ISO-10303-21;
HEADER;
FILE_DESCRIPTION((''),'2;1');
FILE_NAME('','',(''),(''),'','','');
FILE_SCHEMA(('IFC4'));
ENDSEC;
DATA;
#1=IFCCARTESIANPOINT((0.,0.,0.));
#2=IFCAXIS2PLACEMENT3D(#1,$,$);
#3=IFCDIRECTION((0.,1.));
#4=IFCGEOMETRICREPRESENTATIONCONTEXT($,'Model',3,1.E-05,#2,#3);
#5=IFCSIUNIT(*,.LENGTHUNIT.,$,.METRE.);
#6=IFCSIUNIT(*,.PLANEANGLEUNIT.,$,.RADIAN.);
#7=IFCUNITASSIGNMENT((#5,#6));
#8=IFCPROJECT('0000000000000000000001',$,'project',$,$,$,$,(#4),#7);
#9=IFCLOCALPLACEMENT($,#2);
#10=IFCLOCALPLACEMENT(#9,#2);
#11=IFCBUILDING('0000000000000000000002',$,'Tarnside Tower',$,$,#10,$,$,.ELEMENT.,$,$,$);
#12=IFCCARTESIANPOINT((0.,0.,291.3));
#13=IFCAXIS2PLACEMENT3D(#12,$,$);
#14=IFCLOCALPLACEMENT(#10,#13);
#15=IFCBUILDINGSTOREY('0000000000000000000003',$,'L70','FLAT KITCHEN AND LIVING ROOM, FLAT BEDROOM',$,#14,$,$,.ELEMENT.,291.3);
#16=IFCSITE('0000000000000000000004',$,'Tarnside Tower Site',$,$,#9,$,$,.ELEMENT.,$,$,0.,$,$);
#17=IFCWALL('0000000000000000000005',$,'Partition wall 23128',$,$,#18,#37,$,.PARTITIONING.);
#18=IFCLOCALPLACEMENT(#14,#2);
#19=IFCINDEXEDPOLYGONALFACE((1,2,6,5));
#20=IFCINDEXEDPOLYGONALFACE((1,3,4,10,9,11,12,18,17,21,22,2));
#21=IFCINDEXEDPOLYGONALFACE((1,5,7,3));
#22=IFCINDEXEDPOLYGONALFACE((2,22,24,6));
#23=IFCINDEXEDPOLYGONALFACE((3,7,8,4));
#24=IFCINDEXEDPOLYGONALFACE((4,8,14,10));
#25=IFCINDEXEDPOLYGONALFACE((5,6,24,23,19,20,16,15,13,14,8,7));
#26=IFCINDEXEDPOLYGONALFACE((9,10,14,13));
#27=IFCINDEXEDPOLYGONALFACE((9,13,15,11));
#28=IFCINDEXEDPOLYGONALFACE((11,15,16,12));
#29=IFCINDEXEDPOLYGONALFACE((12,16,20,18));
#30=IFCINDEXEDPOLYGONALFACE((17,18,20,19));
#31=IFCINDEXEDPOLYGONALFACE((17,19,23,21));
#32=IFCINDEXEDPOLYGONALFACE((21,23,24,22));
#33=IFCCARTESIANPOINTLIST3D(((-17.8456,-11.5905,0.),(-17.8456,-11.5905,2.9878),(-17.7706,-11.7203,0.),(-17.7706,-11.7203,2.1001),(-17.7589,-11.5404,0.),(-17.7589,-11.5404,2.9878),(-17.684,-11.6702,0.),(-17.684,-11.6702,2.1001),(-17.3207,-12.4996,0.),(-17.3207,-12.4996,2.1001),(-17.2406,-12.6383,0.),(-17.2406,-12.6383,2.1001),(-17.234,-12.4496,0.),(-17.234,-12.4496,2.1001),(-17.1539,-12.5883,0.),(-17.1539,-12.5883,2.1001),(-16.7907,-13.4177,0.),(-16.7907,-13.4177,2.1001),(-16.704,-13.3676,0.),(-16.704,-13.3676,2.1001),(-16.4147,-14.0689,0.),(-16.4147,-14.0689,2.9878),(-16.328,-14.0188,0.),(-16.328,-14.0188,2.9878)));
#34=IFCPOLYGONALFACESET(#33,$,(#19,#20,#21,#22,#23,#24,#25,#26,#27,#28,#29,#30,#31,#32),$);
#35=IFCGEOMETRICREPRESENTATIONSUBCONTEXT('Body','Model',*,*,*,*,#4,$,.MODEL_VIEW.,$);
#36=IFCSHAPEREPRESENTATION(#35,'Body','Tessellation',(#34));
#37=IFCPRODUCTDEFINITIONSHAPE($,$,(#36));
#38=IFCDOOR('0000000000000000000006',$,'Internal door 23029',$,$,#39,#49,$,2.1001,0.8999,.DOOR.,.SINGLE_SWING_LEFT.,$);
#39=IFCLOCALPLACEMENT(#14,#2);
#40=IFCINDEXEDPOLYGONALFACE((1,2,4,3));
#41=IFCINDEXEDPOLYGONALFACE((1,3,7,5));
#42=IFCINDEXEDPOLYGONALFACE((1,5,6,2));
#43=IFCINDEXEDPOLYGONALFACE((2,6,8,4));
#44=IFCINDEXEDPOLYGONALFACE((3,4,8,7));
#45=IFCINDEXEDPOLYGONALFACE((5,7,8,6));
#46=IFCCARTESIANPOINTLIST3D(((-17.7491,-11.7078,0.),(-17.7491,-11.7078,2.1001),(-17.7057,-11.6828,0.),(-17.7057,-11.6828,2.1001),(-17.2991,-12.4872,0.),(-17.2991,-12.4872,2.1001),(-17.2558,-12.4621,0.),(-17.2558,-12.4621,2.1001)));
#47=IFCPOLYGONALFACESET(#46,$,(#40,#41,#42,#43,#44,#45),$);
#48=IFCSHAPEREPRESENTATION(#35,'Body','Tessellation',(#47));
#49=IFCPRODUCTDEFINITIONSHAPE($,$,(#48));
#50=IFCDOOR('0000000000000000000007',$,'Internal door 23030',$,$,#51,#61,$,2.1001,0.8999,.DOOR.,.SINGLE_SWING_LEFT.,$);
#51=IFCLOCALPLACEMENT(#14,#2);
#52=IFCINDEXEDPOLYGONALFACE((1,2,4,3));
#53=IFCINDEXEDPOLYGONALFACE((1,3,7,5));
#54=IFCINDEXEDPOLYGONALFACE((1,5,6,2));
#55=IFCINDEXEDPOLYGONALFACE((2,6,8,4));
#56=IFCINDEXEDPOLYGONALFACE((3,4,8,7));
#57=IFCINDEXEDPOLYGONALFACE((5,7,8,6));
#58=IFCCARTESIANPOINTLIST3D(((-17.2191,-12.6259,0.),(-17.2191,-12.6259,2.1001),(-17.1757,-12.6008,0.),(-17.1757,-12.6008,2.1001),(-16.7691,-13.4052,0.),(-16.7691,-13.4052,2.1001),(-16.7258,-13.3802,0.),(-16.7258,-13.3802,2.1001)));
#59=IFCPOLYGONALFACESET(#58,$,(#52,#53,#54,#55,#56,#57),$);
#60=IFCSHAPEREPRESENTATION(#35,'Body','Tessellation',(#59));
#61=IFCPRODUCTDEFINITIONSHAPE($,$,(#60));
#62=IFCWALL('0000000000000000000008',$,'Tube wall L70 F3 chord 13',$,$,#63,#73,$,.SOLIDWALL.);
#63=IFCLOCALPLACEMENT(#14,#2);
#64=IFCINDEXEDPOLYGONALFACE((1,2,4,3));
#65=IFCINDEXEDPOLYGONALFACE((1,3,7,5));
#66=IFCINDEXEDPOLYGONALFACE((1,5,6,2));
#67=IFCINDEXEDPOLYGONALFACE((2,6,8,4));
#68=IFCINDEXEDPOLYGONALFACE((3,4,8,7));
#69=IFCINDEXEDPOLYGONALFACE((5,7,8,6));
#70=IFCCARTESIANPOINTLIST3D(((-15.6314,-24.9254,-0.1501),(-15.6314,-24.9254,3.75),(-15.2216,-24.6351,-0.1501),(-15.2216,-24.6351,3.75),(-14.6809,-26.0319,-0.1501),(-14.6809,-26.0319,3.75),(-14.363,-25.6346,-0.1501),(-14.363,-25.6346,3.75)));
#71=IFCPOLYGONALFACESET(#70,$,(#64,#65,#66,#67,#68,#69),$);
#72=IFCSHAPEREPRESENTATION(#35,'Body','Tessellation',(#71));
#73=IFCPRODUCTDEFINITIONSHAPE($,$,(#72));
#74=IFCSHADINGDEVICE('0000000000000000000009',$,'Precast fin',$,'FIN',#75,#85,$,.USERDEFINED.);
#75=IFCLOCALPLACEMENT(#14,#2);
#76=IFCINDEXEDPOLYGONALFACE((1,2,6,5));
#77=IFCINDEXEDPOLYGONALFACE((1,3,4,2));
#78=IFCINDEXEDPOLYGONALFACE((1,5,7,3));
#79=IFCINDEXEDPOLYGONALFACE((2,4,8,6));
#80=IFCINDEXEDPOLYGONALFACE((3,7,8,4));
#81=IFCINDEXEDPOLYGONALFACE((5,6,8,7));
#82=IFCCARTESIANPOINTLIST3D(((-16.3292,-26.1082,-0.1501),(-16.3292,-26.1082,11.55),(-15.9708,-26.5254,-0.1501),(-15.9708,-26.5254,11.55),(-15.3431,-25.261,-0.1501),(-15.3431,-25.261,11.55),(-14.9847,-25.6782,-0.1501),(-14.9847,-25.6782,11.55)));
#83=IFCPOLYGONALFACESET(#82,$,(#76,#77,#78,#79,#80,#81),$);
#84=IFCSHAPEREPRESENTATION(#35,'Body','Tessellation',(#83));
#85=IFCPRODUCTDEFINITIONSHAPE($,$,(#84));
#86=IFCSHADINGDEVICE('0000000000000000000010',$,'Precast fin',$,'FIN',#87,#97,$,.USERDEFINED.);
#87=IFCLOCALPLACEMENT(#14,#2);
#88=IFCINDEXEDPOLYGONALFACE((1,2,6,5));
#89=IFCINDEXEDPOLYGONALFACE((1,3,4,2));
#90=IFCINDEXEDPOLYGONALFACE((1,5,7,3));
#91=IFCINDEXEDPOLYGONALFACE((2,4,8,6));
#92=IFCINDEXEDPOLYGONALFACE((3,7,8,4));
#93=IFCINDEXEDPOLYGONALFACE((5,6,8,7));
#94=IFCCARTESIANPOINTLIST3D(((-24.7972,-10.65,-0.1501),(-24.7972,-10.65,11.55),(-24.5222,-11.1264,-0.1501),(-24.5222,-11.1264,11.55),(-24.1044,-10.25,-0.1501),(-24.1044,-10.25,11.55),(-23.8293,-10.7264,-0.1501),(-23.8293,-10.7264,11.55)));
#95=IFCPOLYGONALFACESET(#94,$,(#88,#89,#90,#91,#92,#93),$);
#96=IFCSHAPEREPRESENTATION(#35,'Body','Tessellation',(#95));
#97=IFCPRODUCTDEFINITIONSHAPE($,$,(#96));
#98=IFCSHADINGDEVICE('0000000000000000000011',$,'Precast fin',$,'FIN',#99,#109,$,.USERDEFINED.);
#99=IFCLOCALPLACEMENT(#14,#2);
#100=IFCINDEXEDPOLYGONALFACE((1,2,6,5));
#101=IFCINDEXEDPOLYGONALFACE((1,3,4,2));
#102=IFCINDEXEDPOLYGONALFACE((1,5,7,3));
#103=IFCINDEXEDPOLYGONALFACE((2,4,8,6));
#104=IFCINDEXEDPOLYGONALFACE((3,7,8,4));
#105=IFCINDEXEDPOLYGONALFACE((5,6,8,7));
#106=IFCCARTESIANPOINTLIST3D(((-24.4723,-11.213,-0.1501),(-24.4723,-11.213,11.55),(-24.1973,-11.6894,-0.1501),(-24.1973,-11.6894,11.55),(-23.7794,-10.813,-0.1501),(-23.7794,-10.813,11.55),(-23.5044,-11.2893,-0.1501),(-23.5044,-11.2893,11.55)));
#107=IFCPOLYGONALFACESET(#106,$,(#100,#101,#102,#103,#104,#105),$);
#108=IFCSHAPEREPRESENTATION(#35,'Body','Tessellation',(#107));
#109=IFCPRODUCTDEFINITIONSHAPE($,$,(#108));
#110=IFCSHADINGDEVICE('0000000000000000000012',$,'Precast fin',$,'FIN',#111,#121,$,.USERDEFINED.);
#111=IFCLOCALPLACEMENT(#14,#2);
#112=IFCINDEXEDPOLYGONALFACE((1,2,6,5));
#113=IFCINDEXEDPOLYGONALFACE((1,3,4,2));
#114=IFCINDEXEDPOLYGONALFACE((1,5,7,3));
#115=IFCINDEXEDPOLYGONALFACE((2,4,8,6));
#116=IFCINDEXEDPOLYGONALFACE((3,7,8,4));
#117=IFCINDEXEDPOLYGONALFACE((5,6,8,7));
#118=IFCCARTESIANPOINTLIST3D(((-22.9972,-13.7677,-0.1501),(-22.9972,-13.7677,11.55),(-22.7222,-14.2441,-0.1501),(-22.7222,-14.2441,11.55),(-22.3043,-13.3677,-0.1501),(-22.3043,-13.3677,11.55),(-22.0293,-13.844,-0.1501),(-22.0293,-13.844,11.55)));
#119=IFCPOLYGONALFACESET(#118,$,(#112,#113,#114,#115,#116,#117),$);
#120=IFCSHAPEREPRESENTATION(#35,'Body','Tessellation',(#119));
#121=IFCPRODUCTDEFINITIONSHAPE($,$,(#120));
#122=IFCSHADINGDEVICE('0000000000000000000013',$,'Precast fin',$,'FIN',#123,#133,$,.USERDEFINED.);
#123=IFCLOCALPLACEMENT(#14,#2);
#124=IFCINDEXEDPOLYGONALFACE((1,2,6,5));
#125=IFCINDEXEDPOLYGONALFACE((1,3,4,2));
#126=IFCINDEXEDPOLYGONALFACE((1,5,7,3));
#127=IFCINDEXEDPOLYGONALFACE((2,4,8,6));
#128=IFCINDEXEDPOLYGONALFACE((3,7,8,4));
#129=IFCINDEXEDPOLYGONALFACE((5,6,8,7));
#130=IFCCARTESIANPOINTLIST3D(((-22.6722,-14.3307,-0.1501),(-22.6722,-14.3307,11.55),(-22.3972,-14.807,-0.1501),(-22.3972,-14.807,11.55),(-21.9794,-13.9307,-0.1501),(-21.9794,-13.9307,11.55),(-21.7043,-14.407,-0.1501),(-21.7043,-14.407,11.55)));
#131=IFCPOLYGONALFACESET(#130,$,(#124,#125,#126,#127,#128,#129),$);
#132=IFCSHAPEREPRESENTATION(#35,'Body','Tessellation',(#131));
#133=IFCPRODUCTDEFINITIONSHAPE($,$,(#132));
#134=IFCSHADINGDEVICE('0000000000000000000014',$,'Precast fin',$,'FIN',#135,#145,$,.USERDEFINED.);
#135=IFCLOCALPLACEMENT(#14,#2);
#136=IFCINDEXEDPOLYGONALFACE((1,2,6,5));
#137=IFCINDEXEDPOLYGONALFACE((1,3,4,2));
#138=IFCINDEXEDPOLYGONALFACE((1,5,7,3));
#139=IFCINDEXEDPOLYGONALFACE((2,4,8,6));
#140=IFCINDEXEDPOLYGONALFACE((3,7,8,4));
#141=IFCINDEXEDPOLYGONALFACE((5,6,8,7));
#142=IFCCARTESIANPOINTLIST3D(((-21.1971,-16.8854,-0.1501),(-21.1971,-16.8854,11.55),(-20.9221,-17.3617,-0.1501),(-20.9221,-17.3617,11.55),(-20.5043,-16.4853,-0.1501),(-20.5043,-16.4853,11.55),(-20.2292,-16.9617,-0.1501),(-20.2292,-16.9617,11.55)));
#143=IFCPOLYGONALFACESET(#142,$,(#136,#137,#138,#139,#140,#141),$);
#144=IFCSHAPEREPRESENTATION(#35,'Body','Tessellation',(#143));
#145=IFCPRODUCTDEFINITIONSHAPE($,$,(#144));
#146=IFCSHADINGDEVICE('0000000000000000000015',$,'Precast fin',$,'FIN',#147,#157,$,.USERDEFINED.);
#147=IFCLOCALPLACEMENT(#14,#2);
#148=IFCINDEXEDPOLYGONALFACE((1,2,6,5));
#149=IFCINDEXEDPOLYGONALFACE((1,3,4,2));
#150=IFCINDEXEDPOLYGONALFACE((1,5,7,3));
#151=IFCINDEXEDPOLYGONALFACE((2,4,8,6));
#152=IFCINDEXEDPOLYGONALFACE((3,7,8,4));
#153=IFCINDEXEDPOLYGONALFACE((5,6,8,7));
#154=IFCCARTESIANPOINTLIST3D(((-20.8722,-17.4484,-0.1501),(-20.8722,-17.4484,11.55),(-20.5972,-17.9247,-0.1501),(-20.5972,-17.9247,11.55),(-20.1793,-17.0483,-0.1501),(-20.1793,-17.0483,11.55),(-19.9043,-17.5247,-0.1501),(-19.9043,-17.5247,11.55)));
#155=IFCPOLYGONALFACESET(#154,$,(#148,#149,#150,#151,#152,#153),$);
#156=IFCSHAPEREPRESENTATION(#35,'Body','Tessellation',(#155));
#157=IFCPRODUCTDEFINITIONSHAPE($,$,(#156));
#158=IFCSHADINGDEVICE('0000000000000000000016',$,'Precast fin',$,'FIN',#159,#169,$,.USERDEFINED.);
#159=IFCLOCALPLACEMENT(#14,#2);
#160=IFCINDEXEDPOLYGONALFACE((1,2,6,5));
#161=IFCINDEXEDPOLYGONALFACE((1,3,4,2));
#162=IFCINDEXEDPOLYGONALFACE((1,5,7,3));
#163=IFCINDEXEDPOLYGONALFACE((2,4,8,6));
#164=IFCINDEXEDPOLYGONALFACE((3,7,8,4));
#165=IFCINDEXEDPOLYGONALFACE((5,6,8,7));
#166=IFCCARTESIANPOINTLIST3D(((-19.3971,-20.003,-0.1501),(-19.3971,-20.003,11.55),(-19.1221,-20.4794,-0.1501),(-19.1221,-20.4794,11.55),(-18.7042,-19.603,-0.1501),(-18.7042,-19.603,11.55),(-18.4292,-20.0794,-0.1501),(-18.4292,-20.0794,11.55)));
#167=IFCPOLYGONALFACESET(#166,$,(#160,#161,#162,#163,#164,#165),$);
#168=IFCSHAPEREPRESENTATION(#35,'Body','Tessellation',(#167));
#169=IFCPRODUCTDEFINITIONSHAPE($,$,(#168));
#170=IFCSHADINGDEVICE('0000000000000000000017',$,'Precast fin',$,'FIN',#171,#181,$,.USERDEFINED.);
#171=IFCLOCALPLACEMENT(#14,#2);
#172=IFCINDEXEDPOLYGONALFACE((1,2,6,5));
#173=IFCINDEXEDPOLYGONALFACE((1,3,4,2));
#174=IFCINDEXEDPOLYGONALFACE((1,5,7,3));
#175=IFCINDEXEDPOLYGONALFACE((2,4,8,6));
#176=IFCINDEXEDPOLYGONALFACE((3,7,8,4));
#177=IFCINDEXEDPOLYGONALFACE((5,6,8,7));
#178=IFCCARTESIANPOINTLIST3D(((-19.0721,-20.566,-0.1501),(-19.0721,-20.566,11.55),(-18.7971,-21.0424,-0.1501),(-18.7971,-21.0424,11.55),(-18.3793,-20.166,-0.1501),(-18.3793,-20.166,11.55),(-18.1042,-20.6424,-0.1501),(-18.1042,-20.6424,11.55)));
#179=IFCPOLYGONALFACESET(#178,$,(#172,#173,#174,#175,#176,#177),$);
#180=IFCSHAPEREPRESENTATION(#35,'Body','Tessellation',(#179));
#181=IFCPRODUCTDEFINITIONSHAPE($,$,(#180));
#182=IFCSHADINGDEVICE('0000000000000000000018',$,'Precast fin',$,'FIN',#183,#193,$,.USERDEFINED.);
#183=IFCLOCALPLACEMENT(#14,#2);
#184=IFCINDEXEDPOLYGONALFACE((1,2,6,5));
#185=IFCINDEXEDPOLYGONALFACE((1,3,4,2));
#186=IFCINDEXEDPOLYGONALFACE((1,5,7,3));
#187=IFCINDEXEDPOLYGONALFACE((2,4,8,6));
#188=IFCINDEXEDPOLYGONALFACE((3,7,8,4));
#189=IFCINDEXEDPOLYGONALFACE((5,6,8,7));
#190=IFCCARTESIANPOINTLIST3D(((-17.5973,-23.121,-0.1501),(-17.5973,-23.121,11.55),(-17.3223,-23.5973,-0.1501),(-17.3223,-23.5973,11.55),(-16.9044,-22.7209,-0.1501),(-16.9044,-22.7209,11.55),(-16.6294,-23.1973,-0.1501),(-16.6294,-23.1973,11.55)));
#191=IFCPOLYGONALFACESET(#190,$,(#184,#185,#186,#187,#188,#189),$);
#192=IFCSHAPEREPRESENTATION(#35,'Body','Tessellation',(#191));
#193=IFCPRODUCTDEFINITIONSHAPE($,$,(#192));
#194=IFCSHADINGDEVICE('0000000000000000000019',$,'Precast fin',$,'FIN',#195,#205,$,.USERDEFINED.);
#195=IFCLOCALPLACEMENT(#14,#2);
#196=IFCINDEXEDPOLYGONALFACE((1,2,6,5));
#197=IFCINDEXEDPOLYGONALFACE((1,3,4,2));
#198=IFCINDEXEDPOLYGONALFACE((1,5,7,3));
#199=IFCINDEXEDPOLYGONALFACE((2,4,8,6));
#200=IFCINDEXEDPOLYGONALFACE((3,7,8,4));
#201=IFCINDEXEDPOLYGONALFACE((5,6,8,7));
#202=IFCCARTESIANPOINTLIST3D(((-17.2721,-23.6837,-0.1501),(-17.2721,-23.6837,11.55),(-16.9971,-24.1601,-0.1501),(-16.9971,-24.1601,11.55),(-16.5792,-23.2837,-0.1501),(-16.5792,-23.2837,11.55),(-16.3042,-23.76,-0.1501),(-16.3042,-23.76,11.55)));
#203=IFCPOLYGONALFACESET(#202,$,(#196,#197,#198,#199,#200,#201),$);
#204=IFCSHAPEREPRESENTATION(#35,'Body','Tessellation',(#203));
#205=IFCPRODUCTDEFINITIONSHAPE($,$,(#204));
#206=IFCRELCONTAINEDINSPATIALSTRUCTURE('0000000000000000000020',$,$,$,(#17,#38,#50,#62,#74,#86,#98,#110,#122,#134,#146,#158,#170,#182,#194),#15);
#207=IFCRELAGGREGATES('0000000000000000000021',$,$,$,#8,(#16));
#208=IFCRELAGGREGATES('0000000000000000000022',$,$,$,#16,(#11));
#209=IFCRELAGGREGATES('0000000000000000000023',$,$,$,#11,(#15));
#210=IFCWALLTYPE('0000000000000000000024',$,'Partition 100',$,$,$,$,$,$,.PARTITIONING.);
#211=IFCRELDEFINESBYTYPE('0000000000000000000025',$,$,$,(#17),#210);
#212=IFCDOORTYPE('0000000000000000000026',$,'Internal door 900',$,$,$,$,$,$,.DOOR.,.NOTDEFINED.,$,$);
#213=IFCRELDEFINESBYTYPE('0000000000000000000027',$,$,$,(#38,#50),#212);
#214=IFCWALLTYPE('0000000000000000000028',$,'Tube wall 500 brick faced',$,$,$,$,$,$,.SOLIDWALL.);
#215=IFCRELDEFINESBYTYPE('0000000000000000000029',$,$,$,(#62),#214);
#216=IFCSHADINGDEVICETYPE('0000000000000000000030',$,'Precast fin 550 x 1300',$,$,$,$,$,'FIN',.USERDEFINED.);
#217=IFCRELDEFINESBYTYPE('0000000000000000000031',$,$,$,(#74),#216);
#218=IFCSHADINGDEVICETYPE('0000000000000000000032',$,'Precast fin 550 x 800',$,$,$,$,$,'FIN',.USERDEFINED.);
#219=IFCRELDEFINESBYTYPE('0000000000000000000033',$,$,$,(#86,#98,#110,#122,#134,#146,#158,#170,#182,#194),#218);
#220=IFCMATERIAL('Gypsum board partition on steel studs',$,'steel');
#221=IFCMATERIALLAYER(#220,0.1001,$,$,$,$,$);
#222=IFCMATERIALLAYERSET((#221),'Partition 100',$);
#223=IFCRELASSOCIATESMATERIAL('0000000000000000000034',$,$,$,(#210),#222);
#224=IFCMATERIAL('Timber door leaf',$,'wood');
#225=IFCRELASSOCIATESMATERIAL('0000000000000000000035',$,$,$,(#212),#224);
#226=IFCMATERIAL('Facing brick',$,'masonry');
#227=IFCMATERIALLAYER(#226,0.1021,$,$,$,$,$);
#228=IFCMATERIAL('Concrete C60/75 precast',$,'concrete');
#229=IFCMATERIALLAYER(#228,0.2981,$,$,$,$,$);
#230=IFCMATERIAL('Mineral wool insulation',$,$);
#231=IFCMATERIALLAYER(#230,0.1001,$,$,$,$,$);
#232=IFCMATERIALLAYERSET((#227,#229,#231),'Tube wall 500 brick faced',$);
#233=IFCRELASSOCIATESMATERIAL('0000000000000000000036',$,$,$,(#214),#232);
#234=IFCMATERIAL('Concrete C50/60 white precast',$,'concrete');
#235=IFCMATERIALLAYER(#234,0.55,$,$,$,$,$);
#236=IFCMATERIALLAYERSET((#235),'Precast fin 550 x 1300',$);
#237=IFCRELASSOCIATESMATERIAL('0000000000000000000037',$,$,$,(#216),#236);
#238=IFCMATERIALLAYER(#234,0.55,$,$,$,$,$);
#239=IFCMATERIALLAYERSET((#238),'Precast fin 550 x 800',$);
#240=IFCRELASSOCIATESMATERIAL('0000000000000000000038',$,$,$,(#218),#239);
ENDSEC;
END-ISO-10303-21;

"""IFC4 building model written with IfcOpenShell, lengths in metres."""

from ifc_helpers import new_model, si_unit, direction, frame, frame_2d, origin, place, context, subcontext, project, spatial, polyline, rectangle, outline, extrude, material, layer, layer_set, type_object, element, fill, save


model = new_model("IFC4")

# Units and contexts
model_context = context("Model", 3, precision=1e-05, world=origin(), true_north=direction((0.0, 1.0)))
body_context = subcontext(model_context, "Body", "Model", "MODEL_VIEW")
ifc_project = project(units=[si_unit("LENGTHUNIT", "METRE"), si_unit("PLANEANGLEUNIT", "RADIAN")], contexts=[model_context])

# Site, building, storey
site_placement = place(None, origin())
site = spatial("IfcSite", under=ifc_project, at=site_placement, Name="Tarnside Tower Site", CompositionType="ELEMENT", RefElevation=0.0)
building_placement = place(site_placement, origin())
building = spatial("IfcBuilding", under=site, at=building_placement, Name="Tarnside Tower", CompositionType="ELEMENT")
storey_placement = place(building_placement, frame((0.0, 0.0, 291.3)))
storey = spatial("IfcBuildingStorey", under=building, at=storey_placement, Name="L70", Description="FLAT KITCHEN AND LIVING ROOM, FLAT BEDROOM", CompositionType="ELEMENT", Elevation=291.3)

# Shared definitions
ifc_material_1 = material(Name="Gypsum board partition on steel studs", Category="steel")

# Shared definitions
ifc_material_2 = material(Name="Timber door leaf", Category="wood")

# Shared definitions
ifc_layer_1 = layer(ifc_material_1, 0.1001)
ifc_layer_set_1 = layer_set([ifc_layer_1], Name="Partition 100")
wall_type_1 = type_object("IfcWallType", Name="Partition 100", PredefinedType="PARTITIONING", material=ifc_layer_set_1)
door_type_1 = type_object("IfcDoorType", Name="Internal door 900", OperationType="NOTDEFINED", PredefinedType="DOOR", material=ifc_material_2)

# Wall, openings, doors
wall_1_placement = place(storey_placement, frame((-17.8022, -11.5654, 0.0), z_axis=(0.0, 0.0, 1.0), x_axis=(0.499983, -0.866035, 0.0)))
wall_1 = element("IfcWall", 1, at=wall_1_placement, inside=storey, type_object=wall_type_1, Name="Partition wall 23128", PredefinedType="PARTITIONING", context=body_context, shape_type="SweptSolid", body=[
    extrude(rectangle(XDim=2.8618, YDim=0.1001, at=frame_2d((1.4309, 0.0))), origin(), (0.0, 0.0, 1.0), 2.9878),
])
opening_1_placement = place(wall_1_placement, frame((0.1499, 0.0, 0.0)))
opening_1 = element("IfcOpeningElement", 2, at=opening_1_placement, cuts=wall_1, PredefinedType="OPENING", context=body_context, shape_type="SweptSolid", body=[
    extrude(rectangle(XDim=0.8999, YDim=2.1001, at=frame_2d((0.45, 1.05))), frame((0.0, 0.0601, 0.0), z_axis=(0.0, -1.0, 0.0), x_axis=(1.0, 0.0, 0.0)), (0.0, 0.0, 1.0), 0.1201),
])
opening_2_placement = place(wall_1_placement, frame((1.21, 0.0, 0.0)))
opening_2 = element("IfcOpeningElement", 3, at=opening_2_placement, cuts=wall_1, PredefinedType="OPENING", context=body_context, shape_type="SweptSolid", body=[
    extrude(rectangle(XDim=0.8999, YDim=2.1001, at=frame_2d((0.45, 1.05))), frame((0.0, 0.0601, 0.0), z_axis=(0.0, -1.0, 0.0), x_axis=(1.0, 0.0, 0.0)), (0.0, 0.0, 1.0), 0.1201),
])
door_1_placement = place(opening_1_placement, origin())
door_1 = element("IfcDoor", 4, at=door_1_placement, inside=storey, type_object=door_type_1, Name="Internal door 23029", OperationType="SINGLE_SWING_LEFT", OverallHeight=2.1001, OverallWidth=0.8999, PredefinedType="DOOR", context=body_context, shape_type="SweptSolid", body=[
    extrude(rectangle(XDim=0.8999, YDim=2.1001, at=frame_2d((0.45, 1.05))), frame((0.0, 0.0249, 0.0), z_axis=(0.0, -1.0, 0.0), x_axis=(1.0, 0.0, 0.0)), (0.0, 0.0, 1.0), 0.05),
])
fill(opening_1, door_1)
door_2_placement = place(opening_2_placement, origin())
door_2 = element("IfcDoor", 5, at=door_2_placement, inside=storey, type_object=door_type_1, Name="Internal door 23030", OperationType="SINGLE_SWING_LEFT", OverallHeight=2.1001, OverallWidth=0.8999, PredefinedType="DOOR", context=body_context, shape_type="SweptSolid", body=[
    extrude(rectangle(XDim=0.8999, YDim=2.1001, at=frame_2d((0.45, 1.05))), frame((0.0, 0.0249, 0.0), z_axis=(0.0, -1.0, 0.0), x_axis=(1.0, 0.0, 0.0)), (0.0, 0.0, 1.0), 0.05),
])
fill(opening_2, door_2)

# Wall
ifc_material_3 = material(Name="Facing brick", Category="masonry")
ifc_layer_2 = layer(ifc_material_3, 0.1021)
ifc_material_4 = material(Name="Concrete C60/75 precast", Category="concrete")
ifc_layer_3 = layer(ifc_material_4, 0.2981)
ifc_material_5 = material(Name="Mineral wool insulation")
ifc_layer_4 = layer(ifc_material_5, 0.1001)
ifc_layer_set_2 = layer_set([ifc_layer_2, ifc_layer_3, ifc_layer_4], Name="Tube wall 500 brick faced")
wall_type_2 = type_object("IfcWallType", Name="Tube wall 500 brick faced", PredefinedType="SOLIDWALL", material=ifc_layer_set_2)
wall_2_placement = place(storey_placement, frame((-15.4265, -24.7803, -0.1501), z_axis=(0.0, 0.0, 1.0), x_axis=(0.651617, -0.758549, 0.0)))
element("IfcWall", 6, at=wall_2_placement, inside=storey, type_object=wall_type_2, Name="Tube wall L70 F3 chord 13", PredefinedType="SOLIDWALL", context=body_context, shape_type="SweptSolid", body=[
    extrude(outline(polyline([(-0.0234, -0.25), (1.4353, -0.25), (1.3411, 0.25), (0.0234, 0.25), (-0.0234, -0.25)])), origin(), (0.0, 0.0, 1.0), 3.9001),
])

# Shading devices
ifc_material_6 = material(Name="Concrete C50/60 white precast", Category="concrete")
ifc_layer_5 = layer(ifc_material_6, 0.55)
ifc_layer_set_3 = layer_set([ifc_layer_5], Name="Precast fin 550 x 1300")
shading_device_type_1 = type_object("IfcShadingDeviceType", Name="Precast fin 550 x 1300", ElementType="FIN", PredefinedType="USERDEFINED", material=ifc_layer_set_3)
shading_device_placement = place(storey_placement, frame((-15.1638, -25.4697, -0.1501), z_axis=(-0.651657, 0.758514, 0.0), x_axis=(-0.758514, -0.651657, 0.0)))
element("IfcShadingDevice", 7, at=shading_device_placement, inside=storey, type_object=shading_device_type_1, Name="Precast fin", ObjectType="FIN", PredefinedType="USERDEFINED", context=body_context, shape_type="SweptSolid", body=[
    extrude(outline(polyline([(0.0, 0.0), (1.3, 0.0), (1.3, 11.7002), (0.0, 11.7002), (0.0, 0.0)])), frame((0.0, 0.0, -0.2749)), (0.0, 0.0, 1.0), 0.55),
])
ifc_layer_6 = layer(ifc_material_6, 0.55)
ifc_layer_set_4 = layer_set([ifc_layer_6], Name="Precast fin 550 x 800")
shading_device_type_2 = type_object("IfcShadingDeviceType", Name="Precast fin 550 x 800", ElementType="FIN", PredefinedType="USERDEFINED", material=ifc_layer_set_4)
for number, where, z_axis, x_axis, name in (
    (8, (-23.9668, -10.4883, -0.1501), (-0.5, 0.866025, 0.0), (-0.866025, -0.5, 0.0), "Precast fin"),
    (9, (-23.6418, -11.0513, -0.1501), (-0.5, 0.866025, 0.0), (-0.866025, -0.5, 0.0), "Precast fin"),
    (10, (-22.1667, -13.606, -0.1501), (-0.5, 0.866025, 0.0), (-0.866025, -0.5, 0.0), "Precast fin"),
    (11, (-21.8418, -14.1689, -0.1501), (-0.5, 0.866025, 0.0), (-0.866025, -0.5, 0.0), "Precast fin"),
    (12, (-20.3667, -16.7236, -0.1501), (-0.5, 0.866025, 0.0), (-0.866025, -0.5, 0.0), "Precast fin"),
    (13, (-20.0417, -17.2866, -0.1501), (-0.5, 0.866025, 0.0), (-0.866025, -0.5, 0.0), "Precast fin"),
    (14, (-18.5667, -19.8413, -0.1501), (-0.5, 0.866025, 0.0), (-0.866025, -0.5, 0.0), "Precast fin"),
    (15, (-18.2417, -20.4043, -0.1501), (-0.5, 0.866025, 0.0), (-0.866025, -0.5, 0.0), "Precast fin"),
    (16, (-16.7668, -22.9592, -0.1501), (-0.5, 0.866025, 0.0), (-0.866025, -0.5, 0.0), "Precast fin"),
    (17, (-16.4417, -23.522, -0.1501), (-0.5, 0.866025, 0.0), (-0.866025, -0.5, 0.0), "Precast fin"),
):
    element("IfcShadingDevice", number, at=place(storey_placement, frame(where, z_axis=z_axis, x_axis=x_axis)), inside=storey, type_object=shading_device_type_2, Name=name, ObjectType="FIN", PredefinedType="USERDEFINED", context=body_context, shape_type="SweptSolid", body=[
        extrude(outline(polyline([(0.0, 0.0), (0.8, 0.0), (0.8, 11.7002), (0.0, 11.7002), (0.0, 0.0)])), frame((0.0, 0.0, -0.2749)), (0.0, 0.0, 1.0), 0.55),
    ])

save(model, "model.ifc")
